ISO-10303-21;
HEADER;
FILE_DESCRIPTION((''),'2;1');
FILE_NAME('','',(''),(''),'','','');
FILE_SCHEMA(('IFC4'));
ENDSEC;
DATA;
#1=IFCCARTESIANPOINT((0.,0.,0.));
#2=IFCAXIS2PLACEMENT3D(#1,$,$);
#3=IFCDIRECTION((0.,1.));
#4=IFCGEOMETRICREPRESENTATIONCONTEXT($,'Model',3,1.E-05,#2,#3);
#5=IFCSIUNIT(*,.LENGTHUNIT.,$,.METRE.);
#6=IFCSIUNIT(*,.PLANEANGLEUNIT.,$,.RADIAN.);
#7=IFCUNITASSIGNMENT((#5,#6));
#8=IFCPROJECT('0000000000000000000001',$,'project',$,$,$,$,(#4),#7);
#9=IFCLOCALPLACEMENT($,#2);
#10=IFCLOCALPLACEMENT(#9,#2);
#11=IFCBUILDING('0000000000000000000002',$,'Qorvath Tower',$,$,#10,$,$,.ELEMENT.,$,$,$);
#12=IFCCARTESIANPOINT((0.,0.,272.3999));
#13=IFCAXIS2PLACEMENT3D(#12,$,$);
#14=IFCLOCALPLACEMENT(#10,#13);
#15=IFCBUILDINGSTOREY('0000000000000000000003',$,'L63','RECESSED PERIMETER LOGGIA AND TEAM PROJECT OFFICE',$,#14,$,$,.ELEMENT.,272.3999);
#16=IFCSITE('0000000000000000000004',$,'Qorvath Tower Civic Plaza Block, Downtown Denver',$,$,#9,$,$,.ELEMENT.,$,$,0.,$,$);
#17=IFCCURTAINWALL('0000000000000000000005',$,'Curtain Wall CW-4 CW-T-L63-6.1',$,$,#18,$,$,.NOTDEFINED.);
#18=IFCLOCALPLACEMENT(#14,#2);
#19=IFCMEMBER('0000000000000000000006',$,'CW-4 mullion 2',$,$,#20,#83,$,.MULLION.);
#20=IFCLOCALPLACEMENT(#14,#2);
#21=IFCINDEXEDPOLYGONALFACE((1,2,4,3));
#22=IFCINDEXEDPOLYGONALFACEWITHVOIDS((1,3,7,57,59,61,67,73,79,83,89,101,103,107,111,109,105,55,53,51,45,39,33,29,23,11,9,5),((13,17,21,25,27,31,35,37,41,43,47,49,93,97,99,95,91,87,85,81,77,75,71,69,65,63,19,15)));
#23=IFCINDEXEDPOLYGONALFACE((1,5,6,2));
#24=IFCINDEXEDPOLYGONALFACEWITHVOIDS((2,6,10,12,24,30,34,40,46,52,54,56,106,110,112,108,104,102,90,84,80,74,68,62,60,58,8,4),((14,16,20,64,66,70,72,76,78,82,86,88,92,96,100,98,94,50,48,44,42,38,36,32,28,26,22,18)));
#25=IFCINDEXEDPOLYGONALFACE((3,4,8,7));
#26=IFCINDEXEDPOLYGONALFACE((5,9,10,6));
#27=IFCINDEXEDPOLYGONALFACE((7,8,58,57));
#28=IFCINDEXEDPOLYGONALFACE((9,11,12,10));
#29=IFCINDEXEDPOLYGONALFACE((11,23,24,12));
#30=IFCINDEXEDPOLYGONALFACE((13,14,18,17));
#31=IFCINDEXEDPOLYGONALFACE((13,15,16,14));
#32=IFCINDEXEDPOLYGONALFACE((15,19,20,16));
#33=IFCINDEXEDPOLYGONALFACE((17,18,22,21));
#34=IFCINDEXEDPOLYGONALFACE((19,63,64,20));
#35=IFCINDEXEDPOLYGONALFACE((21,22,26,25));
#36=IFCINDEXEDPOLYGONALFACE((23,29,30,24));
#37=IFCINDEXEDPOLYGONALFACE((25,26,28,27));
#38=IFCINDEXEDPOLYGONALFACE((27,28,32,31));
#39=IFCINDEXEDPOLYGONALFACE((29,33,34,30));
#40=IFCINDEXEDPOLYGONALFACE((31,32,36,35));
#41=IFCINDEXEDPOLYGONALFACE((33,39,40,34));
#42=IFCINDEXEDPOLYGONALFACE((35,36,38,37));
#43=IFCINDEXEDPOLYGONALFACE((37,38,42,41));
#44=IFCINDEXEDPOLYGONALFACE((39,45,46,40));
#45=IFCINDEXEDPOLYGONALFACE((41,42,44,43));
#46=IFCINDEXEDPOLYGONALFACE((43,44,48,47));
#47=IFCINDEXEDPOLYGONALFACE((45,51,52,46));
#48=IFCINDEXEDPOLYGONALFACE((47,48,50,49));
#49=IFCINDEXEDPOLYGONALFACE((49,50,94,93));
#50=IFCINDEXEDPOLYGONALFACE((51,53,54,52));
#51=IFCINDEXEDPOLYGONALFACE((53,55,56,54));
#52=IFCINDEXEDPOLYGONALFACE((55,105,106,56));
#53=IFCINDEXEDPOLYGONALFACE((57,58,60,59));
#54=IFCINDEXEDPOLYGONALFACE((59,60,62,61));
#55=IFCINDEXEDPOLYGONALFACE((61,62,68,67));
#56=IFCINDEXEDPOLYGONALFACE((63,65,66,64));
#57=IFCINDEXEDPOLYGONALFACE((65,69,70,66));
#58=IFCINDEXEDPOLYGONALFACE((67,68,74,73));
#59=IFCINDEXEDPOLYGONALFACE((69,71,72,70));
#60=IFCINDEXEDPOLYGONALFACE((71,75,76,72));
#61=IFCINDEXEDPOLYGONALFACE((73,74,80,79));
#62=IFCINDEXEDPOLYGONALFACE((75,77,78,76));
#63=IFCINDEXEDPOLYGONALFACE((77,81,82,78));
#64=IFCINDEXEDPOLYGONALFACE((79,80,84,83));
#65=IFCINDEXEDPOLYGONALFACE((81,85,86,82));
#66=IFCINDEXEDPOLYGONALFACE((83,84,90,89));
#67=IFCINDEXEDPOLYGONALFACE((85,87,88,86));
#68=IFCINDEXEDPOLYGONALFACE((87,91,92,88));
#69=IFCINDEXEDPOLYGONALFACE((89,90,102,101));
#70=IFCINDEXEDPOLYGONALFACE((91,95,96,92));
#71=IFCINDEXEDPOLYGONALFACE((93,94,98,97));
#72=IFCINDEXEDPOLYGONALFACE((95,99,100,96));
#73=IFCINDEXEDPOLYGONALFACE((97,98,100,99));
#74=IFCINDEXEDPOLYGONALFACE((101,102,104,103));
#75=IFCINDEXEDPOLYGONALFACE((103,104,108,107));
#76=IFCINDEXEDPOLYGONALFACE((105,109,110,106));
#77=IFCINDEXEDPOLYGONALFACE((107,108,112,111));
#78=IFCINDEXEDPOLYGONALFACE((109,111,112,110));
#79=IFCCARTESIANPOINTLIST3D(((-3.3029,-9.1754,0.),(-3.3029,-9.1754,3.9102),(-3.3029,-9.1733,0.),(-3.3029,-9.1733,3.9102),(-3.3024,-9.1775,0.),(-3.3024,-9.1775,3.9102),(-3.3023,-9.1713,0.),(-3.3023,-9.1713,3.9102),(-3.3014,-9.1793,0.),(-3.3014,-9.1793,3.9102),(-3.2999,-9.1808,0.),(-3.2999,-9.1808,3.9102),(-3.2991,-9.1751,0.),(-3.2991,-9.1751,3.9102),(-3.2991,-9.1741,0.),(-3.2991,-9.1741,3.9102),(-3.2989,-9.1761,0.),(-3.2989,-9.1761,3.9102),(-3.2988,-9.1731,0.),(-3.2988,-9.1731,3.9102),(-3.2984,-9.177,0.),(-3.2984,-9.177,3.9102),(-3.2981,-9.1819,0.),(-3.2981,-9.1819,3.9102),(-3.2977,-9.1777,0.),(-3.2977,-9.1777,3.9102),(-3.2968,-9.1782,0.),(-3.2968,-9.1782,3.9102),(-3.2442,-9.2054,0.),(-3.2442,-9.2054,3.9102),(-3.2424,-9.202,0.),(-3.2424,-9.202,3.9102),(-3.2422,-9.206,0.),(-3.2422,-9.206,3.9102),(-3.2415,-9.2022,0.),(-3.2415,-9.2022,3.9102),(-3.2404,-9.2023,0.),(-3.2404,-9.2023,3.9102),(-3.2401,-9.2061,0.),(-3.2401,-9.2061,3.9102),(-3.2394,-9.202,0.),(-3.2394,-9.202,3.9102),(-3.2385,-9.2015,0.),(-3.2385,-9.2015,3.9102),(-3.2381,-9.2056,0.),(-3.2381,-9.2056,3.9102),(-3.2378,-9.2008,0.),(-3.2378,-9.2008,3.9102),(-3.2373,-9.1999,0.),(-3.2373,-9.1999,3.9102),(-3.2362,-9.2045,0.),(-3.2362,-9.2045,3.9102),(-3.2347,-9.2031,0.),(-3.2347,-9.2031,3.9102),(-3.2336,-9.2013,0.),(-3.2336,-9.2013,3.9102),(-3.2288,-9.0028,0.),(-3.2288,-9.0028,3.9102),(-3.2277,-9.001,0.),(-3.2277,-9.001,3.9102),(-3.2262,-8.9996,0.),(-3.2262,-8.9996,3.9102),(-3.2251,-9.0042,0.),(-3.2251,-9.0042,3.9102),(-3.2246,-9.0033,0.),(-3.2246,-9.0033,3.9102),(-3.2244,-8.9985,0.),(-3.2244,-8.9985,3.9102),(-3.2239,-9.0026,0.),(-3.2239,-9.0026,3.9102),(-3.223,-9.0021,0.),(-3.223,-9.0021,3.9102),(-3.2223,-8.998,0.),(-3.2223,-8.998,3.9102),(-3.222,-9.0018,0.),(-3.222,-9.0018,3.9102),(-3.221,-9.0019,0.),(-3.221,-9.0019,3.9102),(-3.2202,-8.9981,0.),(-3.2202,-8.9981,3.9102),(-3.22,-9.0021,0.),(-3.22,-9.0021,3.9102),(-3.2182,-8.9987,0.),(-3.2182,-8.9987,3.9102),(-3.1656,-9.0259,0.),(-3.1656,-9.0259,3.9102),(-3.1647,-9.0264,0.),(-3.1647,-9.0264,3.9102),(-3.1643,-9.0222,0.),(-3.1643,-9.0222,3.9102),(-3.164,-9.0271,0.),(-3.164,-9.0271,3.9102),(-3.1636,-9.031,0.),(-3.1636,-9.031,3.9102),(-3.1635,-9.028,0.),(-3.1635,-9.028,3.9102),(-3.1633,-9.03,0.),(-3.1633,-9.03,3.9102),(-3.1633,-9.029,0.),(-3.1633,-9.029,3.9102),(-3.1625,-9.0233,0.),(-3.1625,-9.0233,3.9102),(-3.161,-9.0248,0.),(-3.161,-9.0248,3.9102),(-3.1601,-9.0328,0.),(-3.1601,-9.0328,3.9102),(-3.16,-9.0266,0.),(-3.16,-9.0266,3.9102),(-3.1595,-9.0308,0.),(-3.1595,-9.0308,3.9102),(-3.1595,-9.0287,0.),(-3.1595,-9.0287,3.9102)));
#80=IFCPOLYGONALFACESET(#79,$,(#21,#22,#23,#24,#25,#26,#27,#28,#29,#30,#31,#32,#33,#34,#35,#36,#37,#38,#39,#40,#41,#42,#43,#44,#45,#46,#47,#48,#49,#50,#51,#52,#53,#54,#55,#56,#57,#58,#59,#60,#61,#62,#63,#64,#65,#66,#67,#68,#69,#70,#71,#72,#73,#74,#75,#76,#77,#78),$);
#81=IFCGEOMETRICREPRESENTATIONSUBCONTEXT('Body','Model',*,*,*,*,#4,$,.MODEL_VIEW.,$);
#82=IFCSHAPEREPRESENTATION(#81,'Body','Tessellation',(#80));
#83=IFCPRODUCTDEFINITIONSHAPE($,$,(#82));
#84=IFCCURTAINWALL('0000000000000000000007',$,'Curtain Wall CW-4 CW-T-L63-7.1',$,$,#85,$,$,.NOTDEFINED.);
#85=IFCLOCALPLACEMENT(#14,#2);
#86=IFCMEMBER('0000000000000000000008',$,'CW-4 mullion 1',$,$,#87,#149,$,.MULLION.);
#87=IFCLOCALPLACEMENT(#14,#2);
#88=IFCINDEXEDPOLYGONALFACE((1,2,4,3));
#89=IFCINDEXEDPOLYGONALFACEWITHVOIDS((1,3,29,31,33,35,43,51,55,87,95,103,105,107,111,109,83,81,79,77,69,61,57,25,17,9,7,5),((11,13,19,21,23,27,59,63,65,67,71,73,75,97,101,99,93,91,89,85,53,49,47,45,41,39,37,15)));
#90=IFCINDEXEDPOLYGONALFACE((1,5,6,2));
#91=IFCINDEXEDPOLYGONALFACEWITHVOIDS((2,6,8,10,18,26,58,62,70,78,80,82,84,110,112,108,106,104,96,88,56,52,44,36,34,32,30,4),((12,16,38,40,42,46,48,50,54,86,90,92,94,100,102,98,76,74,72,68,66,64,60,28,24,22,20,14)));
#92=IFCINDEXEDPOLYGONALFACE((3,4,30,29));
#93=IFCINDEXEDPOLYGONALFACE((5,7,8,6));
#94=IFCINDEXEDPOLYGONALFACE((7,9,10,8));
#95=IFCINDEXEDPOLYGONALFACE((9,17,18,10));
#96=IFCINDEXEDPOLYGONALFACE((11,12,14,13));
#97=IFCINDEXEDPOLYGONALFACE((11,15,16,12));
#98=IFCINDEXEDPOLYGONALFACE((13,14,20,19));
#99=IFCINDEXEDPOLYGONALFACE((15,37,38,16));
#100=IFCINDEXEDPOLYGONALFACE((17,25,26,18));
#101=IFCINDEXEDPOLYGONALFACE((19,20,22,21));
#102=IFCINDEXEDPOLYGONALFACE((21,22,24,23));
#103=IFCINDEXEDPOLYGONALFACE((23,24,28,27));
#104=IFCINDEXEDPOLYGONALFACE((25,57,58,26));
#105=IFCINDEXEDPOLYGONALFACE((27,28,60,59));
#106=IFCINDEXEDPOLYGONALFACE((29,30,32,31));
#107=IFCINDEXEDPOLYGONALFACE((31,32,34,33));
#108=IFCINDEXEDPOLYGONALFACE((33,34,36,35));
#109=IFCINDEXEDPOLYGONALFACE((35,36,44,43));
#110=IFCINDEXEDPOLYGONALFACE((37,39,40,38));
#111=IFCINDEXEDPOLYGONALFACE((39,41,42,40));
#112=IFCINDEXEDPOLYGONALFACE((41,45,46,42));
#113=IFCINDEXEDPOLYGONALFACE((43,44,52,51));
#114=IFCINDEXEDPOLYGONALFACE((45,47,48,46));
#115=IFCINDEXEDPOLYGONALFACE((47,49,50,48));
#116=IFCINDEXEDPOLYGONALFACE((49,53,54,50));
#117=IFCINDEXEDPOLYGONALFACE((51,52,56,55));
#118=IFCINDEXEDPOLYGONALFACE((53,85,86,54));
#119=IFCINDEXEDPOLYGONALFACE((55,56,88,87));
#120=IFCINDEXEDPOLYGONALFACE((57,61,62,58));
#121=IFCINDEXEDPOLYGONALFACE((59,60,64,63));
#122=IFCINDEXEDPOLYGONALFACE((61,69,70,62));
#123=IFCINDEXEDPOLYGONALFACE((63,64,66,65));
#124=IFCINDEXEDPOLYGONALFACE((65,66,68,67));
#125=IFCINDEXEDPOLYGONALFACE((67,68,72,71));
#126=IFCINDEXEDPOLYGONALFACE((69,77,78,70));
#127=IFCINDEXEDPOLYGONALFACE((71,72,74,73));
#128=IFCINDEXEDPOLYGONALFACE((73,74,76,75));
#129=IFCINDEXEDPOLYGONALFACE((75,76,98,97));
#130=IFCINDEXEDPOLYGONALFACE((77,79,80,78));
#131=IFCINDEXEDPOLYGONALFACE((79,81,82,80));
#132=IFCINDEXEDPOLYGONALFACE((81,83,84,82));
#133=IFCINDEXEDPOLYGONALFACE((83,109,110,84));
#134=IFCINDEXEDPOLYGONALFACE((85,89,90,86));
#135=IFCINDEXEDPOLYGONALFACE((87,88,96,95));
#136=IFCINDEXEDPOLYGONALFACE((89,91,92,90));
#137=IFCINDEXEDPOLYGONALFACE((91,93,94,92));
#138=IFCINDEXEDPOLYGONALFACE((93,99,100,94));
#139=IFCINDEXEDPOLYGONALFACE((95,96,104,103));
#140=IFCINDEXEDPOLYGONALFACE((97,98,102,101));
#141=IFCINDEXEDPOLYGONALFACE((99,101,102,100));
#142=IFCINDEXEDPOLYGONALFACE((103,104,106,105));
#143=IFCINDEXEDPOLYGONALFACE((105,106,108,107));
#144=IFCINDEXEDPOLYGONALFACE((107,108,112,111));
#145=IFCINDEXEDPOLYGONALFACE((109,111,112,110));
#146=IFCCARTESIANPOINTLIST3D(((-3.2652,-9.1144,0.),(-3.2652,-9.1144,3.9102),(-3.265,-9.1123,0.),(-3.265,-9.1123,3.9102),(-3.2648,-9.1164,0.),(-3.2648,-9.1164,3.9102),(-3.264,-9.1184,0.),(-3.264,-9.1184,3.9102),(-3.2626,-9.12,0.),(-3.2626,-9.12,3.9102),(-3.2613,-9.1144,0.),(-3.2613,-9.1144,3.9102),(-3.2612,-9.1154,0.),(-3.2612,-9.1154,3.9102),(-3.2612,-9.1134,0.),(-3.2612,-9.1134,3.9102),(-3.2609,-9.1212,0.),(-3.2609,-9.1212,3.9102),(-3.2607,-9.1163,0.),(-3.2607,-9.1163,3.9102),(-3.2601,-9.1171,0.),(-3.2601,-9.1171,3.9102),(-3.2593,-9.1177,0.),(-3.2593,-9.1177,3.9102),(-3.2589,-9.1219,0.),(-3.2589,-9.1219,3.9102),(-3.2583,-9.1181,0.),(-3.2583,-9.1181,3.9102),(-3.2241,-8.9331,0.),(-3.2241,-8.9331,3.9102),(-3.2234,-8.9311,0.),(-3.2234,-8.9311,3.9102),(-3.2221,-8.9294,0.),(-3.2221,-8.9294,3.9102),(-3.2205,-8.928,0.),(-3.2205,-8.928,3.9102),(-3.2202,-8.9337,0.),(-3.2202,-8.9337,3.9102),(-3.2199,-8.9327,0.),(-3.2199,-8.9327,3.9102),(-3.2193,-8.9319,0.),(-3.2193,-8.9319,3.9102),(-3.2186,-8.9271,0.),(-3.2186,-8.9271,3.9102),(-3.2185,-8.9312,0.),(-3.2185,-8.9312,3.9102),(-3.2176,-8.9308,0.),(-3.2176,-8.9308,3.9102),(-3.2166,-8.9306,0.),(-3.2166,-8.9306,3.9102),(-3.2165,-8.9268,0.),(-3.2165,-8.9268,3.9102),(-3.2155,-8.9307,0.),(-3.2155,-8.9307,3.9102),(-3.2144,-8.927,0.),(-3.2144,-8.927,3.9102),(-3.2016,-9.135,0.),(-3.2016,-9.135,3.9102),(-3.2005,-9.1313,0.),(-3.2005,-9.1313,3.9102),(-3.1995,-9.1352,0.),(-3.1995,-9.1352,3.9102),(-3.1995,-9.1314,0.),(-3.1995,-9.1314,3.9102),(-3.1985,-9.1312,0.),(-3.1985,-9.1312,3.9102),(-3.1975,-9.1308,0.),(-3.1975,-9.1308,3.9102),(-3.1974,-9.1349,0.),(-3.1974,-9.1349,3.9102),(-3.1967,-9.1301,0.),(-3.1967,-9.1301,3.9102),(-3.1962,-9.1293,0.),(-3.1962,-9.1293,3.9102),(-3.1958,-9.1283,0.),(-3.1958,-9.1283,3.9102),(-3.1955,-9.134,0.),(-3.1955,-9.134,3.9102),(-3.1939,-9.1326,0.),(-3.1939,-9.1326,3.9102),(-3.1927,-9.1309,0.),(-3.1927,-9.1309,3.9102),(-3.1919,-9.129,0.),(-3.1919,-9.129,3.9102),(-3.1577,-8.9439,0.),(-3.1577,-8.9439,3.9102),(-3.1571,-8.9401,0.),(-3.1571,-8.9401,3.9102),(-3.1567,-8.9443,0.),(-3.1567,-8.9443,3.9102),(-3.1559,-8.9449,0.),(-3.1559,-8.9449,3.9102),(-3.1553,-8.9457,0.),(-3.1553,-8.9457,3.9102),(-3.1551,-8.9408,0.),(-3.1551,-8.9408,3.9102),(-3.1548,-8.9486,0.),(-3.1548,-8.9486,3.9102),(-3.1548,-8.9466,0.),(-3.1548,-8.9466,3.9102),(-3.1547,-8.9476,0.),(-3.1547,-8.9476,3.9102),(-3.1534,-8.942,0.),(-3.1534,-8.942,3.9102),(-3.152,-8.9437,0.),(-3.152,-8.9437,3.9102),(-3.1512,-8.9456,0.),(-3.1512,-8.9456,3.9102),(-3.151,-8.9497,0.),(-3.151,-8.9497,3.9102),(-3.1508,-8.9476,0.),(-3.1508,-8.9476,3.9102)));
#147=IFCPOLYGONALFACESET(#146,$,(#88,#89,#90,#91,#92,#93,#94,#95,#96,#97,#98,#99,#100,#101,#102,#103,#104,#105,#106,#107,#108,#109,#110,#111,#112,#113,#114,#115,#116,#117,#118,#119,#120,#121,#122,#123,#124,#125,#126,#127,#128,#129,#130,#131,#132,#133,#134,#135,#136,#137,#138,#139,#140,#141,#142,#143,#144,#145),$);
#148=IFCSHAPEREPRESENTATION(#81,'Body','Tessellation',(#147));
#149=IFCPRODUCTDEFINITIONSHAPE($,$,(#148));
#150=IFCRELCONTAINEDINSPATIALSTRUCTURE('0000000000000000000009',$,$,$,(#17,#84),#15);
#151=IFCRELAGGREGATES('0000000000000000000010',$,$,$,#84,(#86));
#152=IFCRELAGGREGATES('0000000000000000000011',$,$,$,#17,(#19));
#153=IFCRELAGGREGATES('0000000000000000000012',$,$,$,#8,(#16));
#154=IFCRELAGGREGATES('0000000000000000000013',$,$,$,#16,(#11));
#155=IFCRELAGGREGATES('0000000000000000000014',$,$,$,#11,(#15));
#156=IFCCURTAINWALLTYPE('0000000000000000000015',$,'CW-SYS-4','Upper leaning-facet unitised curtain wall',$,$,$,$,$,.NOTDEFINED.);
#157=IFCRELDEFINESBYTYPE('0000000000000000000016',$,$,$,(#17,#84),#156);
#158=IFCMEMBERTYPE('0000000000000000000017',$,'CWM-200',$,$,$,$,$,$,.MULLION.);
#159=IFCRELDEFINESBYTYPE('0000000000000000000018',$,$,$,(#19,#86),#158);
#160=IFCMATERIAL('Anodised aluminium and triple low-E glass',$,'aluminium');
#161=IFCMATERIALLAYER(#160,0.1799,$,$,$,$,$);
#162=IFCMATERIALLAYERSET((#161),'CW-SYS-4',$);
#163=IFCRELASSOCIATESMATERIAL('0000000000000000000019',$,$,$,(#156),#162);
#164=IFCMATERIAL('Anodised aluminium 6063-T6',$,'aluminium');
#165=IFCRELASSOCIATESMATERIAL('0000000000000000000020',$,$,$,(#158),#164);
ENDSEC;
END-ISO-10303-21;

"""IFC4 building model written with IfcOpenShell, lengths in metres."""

from ifc_helpers import new_model, si_unit, direction, frame, origin, origin_2d, place, context, subcontext, project, spatial, hollow_rectangle, extrude, material, layer, layer_set, material_profile, profile_set, type_object, element, aggregate, save


model = new_model("IFC4")

# Units and contexts
model_context = context("Model", 3, precision=1e-05, world=origin(), true_north=direction((0.0, 1.0)))
body_context = subcontext(model_context, "Body", "Model", "MODEL_VIEW")
ifc_project = project(units=[si_unit("LENGTHUNIT", "METRE"), si_unit("PLANEANGLEUNIT", "RADIAN")], contexts=[model_context])

# Site, building, storey
site_placement = place(None, origin())
site = spatial("IfcSite", under=ifc_project, at=site_placement, Name="Qorvath Tower Civic Plaza Block, Downtown Denver", CompositionType="ELEMENT", RefElevation=0.0)
building_placement = place(site_placement, origin())
building = spatial("IfcBuilding", under=site, at=building_placement, Name="Qorvath Tower", CompositionType="ELEMENT")
storey_placement = place(building_placement, frame((0.0, 0.0, 272.3999)))
storey = spatial("IfcBuildingStorey", under=building, at=storey_placement, Name="L63", Description="RECESSED PERIMETER LOGGIA AND TEAM PROJECT OFFICE", CompositionType="ELEMENT", Elevation=272.3999)

# Shared definitions
ifc_material_1 = material(Name="Anodised aluminium and triple low-E glass", Category="aluminium")
ifc_layer_1 = layer(ifc_material_1, 0.1799)
ifc_layer_set_1 = layer_set([ifc_layer_1], Name="CW-SYS-4")
curtain_wall_type = type_object("IfcCurtainWallType", Name="CW-SYS-4", Description="Upper leaning-facet unitised curtain wall", PredefinedType="NOTDEFINED", material=ifc_layer_set_1)
ifc_material_2 = material(Name="Anodised aluminium 6063-T6", Category="aluminium")
ifc_material_profile_1 = material_profile(ifc_material_2, hollow_rectangle(XDim=0.075, YDim=0.2, WallThickness=0.0039, InnerFilletRadius=0.0039, OuterFilletRadius=0.0081, at=origin_2d()), Name="CWM 200x75")
ifc_profile_set_1 = profile_set([ifc_material_profile_1], Name="Anodised aluminium 6063-T6")
member_type_1 = type_object("IfcMemberType", Name="CWM-200", PredefinedType="MULLION", material=ifc_profile_set_1)

# Curtain wall, member
curtain_wall_1_placement = place(storey_placement, origin())
curtain_wall_1 = element("IfcCurtainWall", 1, at=curtain_wall_1_placement, inside=storey, type_object=curtain_wall_type, Name="Curtain Wall CW-4 CW-T-L63-6.1", PredefinedType="NOTDEFINED")
member_1_placement = place(storey_placement, frame((-3.2312, -9.1021, 0.0), z_axis=(0.0, 0.0, 1.0), x_axis=(-0.916559, 0.3999, 0.0)))
member_1 = element("IfcMember", 2, at=member_1_placement, type_object=member_type_1, Name="CW-4 mullion 2", PredefinedType="MULLION", context=body_context, shape_type="SweptSolid", body=[
    extrude(hollow_rectangle(XDim=0.075, YDim=0.2, WallThickness=0.0039, InnerFilletRadius=0.0039, OuterFilletRadius=0.0081, at=origin_2d()), origin(), (0.0, 0.0, 1.0), 3.9102),
])

# Curtain wall, member
curtain_wall_2_placement = place(storey_placement, origin())
curtain_wall_2 = element("IfcCurtainWall", 3, at=curtain_wall_2_placement, inside=storey, type_object=curtain_wall_type, Name="Curtain Wall CW-4 CW-T-L63-7.1", PredefinedType="NOTDEFINED")
member_2_placement = place(storey_placement, frame((-3.208, -9.031, 0.0), z_axis=(0.0, 0.0, 1.0), x_axis=(-0.974912, 0.222592, 0.0)))
member_2 = element("IfcMember", 4, at=member_2_placement, type_object=member_type_1, Name="CW-4 mullion 1", PredefinedType="MULLION", context=body_context, shape_type="SweptSolid", body=[
    extrude(hollow_rectangle(XDim=0.075, YDim=0.2, WallThickness=0.0039, InnerFilletRadius=0.0039, OuterFilletRadius=0.0081, at=origin_2d()), origin(), (0.0, 0.0, 1.0), 3.9102),
])

aggregate(curtain_wall_2, [member_2])

aggregate(curtain_wall_1, [member_1])

save(model, "model.ifc")
